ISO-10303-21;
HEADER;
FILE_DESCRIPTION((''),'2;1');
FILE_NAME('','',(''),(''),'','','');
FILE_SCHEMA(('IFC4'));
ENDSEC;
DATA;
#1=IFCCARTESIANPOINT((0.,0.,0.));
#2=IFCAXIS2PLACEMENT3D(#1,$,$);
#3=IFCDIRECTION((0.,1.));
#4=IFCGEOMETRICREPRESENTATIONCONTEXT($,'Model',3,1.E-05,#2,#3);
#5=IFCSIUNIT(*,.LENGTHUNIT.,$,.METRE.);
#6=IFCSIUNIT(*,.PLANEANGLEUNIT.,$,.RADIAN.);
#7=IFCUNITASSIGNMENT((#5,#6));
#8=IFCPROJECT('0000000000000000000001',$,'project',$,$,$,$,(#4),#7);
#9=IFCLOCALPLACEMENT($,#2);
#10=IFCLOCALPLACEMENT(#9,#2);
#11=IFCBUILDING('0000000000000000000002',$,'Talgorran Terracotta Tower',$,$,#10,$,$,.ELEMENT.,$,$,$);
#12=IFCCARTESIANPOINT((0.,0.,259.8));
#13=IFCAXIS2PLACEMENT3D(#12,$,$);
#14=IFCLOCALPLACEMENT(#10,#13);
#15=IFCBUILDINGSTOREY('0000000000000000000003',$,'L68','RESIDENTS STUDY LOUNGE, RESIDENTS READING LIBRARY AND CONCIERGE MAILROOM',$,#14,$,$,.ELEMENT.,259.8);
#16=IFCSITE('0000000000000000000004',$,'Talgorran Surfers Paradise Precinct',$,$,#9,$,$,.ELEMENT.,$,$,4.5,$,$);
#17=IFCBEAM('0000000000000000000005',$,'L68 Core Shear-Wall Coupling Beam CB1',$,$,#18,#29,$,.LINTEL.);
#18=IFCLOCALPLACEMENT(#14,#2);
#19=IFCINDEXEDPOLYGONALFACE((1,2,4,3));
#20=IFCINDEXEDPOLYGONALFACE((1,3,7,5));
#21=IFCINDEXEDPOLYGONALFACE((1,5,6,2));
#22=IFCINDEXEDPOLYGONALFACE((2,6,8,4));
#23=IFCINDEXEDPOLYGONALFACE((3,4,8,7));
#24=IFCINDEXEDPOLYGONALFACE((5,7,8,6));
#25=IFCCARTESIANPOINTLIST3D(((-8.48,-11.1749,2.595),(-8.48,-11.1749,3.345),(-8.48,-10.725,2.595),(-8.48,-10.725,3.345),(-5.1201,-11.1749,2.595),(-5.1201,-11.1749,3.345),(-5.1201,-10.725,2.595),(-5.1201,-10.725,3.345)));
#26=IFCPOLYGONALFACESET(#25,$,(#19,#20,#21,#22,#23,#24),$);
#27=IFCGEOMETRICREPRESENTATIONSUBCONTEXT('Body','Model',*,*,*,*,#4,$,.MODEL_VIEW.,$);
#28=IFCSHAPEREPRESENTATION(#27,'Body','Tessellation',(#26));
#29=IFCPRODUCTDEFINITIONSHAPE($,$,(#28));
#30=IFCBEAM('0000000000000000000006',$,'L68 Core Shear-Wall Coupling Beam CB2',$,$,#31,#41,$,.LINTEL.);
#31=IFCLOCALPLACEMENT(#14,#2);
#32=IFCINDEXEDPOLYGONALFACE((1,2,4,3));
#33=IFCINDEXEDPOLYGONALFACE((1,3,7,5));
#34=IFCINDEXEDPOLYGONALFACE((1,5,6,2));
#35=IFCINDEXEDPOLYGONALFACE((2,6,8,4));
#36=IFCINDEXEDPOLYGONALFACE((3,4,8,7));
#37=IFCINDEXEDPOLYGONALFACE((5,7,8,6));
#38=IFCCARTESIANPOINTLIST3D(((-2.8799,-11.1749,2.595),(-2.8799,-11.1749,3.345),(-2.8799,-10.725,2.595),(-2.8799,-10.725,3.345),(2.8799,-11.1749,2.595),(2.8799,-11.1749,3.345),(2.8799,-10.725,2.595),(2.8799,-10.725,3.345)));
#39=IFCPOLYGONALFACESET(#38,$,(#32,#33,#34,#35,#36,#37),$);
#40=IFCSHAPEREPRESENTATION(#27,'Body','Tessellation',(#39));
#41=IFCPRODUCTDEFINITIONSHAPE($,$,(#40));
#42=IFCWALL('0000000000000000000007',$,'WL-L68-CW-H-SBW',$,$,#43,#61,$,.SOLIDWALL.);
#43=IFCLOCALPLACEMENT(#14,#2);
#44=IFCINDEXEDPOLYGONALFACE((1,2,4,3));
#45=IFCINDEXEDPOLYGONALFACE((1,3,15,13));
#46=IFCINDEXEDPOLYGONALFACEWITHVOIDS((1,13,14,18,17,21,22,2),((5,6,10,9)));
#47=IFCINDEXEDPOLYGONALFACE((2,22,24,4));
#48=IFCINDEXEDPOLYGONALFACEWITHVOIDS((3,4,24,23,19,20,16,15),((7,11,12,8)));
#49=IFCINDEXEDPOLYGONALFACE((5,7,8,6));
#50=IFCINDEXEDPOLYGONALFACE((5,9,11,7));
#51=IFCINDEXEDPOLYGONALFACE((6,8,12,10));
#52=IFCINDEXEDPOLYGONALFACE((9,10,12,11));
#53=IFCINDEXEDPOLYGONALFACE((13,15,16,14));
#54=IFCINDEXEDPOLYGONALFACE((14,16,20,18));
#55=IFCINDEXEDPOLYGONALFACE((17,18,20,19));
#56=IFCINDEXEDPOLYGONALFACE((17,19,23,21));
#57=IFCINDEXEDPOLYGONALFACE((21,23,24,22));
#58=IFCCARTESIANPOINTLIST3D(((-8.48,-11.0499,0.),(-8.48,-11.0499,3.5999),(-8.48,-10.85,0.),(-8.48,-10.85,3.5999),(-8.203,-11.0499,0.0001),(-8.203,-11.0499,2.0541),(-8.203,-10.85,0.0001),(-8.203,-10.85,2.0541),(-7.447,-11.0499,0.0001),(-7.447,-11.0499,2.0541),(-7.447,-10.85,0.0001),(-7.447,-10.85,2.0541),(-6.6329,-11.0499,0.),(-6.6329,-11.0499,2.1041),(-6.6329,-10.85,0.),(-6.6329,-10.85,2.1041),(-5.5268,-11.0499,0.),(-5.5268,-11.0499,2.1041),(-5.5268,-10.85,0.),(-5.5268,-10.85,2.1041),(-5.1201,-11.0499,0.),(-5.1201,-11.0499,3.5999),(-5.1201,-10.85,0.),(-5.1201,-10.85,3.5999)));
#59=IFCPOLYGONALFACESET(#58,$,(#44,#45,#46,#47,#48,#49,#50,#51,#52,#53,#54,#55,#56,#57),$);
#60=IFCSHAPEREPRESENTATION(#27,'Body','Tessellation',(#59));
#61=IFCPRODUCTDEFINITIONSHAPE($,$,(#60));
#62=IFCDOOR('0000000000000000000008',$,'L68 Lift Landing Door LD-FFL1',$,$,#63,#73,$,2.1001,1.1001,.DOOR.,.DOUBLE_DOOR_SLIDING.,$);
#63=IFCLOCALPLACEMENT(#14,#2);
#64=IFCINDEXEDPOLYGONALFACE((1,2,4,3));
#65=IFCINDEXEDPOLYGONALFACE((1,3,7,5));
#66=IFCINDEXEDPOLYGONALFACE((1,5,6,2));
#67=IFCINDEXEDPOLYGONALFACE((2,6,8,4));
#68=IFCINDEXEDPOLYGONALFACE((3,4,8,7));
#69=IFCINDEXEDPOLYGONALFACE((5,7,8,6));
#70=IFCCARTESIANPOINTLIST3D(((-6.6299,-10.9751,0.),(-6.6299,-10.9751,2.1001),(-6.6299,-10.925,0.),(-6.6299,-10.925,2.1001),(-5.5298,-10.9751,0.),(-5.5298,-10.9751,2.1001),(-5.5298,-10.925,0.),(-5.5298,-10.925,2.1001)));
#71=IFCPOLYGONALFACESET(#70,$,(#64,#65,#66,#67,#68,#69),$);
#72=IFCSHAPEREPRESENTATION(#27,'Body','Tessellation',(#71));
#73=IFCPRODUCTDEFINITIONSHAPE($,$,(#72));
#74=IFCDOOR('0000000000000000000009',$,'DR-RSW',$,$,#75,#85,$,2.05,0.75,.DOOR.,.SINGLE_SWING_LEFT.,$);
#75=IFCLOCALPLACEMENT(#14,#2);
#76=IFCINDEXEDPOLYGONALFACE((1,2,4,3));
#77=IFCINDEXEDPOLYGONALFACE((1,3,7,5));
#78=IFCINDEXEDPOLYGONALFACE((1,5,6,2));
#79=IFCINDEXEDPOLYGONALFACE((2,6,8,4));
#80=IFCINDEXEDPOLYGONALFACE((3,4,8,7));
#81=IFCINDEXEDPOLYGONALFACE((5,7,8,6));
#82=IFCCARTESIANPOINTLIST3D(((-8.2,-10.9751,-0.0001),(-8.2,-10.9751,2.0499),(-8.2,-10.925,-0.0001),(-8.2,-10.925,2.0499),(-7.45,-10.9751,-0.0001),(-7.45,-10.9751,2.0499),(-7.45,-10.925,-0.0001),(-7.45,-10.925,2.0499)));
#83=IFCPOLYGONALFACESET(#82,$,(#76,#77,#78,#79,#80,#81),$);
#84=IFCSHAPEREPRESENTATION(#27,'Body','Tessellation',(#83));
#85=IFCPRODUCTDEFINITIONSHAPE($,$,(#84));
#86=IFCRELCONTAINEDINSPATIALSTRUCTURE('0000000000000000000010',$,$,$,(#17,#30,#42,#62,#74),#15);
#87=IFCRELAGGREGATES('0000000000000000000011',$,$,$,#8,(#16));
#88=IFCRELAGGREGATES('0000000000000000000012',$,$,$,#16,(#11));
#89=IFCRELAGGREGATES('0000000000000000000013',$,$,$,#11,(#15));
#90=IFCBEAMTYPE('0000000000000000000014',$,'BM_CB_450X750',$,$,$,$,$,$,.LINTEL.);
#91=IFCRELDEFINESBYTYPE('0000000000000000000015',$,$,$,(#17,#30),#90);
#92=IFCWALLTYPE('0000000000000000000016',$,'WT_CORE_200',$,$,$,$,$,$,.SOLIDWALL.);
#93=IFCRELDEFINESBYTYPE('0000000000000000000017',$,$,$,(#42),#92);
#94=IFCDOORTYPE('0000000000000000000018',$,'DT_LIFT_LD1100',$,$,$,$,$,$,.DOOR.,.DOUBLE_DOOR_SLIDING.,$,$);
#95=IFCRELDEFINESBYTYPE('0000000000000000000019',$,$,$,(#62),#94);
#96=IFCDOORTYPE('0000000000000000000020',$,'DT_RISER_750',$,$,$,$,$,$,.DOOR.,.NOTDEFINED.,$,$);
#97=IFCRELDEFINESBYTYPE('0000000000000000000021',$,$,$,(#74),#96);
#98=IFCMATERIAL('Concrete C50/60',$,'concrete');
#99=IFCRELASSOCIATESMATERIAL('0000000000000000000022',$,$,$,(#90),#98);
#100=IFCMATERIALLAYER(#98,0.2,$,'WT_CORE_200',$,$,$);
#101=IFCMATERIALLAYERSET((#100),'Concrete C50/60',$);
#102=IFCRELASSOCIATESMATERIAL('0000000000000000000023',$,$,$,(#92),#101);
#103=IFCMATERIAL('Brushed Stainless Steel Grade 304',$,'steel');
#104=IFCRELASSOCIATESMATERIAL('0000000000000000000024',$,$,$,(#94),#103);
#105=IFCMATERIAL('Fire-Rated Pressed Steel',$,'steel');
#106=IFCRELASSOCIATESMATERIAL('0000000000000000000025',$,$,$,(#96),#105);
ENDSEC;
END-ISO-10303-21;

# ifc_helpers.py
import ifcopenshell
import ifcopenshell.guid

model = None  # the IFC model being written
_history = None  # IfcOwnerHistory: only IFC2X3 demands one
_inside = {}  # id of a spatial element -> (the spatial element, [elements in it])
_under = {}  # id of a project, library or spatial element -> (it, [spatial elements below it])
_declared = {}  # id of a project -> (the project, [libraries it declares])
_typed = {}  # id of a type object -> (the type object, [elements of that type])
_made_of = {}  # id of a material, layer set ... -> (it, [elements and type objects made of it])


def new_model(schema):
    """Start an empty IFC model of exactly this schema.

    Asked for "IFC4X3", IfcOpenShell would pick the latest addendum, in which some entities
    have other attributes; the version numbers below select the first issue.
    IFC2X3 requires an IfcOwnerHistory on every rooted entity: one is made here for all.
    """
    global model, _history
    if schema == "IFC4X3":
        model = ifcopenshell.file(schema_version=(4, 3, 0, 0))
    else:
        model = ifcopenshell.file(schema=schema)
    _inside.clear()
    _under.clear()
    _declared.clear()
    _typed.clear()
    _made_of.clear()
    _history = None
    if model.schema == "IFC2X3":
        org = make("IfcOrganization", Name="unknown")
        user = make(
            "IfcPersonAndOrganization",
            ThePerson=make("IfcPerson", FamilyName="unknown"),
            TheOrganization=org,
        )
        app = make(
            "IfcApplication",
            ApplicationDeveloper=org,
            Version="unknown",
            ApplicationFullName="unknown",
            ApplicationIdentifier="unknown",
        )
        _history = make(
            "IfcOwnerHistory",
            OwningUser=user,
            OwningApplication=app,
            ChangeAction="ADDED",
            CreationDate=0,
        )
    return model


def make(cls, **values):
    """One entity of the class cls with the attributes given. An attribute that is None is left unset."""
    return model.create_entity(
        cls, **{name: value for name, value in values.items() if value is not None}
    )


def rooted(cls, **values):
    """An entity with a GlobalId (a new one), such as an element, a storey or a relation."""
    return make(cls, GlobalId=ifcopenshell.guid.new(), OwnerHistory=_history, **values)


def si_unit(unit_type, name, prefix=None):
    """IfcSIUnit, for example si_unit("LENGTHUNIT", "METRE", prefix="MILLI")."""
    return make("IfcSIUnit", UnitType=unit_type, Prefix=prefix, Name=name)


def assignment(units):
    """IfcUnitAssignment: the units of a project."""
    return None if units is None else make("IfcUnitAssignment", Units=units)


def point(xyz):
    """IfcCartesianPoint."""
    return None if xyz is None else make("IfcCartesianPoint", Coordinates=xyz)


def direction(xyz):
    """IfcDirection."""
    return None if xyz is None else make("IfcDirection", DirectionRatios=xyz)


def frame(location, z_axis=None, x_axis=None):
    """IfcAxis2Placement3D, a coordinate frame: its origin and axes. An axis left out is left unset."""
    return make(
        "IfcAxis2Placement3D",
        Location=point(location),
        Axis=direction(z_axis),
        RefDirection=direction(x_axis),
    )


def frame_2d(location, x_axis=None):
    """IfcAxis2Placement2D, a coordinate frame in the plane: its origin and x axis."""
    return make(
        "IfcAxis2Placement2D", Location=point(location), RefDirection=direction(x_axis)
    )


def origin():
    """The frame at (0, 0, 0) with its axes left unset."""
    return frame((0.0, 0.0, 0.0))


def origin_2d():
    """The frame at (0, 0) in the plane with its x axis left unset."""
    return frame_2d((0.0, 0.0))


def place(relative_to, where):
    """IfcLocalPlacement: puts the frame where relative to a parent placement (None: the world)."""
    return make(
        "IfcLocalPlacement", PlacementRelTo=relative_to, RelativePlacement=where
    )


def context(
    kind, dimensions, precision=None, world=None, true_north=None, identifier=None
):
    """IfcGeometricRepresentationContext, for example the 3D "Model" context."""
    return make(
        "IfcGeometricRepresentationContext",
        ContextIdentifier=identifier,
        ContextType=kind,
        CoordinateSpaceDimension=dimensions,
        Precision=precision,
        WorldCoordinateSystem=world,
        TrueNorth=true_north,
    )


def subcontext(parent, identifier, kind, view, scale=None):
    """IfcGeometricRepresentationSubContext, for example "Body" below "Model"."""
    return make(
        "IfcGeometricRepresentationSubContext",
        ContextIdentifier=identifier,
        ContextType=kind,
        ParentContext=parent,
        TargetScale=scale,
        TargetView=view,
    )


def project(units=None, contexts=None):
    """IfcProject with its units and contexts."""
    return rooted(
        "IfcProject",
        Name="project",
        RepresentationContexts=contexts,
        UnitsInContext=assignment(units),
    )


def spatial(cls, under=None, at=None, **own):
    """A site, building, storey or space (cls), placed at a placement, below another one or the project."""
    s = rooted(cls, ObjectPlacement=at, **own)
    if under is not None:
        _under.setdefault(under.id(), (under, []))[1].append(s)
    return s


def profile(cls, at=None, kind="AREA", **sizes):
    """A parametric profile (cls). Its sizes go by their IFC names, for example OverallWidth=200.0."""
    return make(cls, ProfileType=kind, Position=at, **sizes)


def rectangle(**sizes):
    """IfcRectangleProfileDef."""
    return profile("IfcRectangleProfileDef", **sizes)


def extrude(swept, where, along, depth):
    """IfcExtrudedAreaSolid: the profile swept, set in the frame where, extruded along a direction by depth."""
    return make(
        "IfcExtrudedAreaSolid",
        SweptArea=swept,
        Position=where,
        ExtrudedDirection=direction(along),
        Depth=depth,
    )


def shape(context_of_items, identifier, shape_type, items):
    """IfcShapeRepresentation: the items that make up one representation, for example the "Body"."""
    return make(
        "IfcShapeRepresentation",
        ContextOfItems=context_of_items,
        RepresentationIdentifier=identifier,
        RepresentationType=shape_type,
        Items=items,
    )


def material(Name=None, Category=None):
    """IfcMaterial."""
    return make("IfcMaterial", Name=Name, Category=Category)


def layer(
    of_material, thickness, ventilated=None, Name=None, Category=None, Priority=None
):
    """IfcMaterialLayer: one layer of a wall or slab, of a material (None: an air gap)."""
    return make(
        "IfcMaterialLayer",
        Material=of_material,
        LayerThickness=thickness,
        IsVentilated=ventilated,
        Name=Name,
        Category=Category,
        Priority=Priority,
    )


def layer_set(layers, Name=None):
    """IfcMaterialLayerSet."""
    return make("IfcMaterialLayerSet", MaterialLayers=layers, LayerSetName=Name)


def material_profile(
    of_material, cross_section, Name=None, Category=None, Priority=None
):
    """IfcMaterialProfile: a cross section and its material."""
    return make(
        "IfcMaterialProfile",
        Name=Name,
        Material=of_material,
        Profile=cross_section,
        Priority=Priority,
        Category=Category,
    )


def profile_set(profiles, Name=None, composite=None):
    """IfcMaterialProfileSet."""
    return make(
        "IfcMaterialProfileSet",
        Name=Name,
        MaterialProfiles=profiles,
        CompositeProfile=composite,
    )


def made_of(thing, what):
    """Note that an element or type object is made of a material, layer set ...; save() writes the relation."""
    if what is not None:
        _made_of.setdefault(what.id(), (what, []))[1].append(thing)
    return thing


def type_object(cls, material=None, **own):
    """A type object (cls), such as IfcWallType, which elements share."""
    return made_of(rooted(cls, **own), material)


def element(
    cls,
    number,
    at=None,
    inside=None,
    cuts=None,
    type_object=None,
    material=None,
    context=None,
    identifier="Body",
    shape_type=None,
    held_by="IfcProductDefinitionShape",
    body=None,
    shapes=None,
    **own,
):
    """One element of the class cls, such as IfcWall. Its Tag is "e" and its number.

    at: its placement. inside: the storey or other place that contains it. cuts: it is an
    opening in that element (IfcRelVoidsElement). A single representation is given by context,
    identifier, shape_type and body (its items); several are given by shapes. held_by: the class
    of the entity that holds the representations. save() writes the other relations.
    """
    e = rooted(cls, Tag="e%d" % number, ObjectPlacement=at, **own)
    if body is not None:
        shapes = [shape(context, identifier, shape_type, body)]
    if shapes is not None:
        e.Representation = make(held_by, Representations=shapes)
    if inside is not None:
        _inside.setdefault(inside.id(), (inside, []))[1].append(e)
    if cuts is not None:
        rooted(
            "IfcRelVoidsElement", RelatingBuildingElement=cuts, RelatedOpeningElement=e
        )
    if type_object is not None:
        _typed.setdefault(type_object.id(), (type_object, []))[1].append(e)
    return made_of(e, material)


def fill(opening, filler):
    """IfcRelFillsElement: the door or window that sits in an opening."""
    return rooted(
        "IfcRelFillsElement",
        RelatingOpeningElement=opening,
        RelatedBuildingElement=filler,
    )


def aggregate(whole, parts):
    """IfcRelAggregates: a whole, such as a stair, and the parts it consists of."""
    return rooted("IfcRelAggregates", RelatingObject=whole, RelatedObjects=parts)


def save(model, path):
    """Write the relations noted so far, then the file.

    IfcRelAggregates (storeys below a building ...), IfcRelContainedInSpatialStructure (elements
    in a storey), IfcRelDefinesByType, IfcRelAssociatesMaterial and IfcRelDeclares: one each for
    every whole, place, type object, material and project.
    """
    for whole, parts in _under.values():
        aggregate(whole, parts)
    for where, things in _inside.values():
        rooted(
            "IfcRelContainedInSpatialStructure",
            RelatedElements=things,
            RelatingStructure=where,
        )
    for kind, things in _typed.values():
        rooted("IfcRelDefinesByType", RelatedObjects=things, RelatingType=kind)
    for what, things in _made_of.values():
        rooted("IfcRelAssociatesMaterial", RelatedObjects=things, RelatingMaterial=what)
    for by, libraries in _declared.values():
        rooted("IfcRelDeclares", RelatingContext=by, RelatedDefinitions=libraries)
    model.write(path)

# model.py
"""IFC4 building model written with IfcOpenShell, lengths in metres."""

from ifc_helpers import new_model, si_unit, direction, frame, frame_2d, origin, origin_2d, place, context, subcontext, project, spatial, rectangle, extrude, material, layer, layer_set, material_profile, profile_set, type_object, element, fill, save


model = new_model("IFC4")

# Units and contexts
model_context = context("Model", 3, precision=1e-05, world=origin(), true_north=direction((0.0, 1.0)))
body_context = subcontext(model_context, "Body", "Model", "MODEL_VIEW")
ifc_project = project(units=[si_unit("LENGTHUNIT", "METRE"), si_unit("PLANEANGLEUNIT", "RADIAN")], contexts=[model_context])

# Site, building, storey
site_placement = place(None, origin())
site = spatial("IfcSite", under=ifc_project, at=site_placement, Name="Talgorran Surfers Paradise Precinct", CompositionType="ELEMENT", RefElevation=4.5)
building_placement = place(site_placement, origin())
building = spatial("IfcBuilding", under=site, at=building_placement, Name="Talgorran Terracotta Tower", CompositionType="ELEMENT")
storey_placement = place(building_placement, frame((0.0, 0.0, 259.8)))
storey = spatial("IfcBuildingStorey", under=building, at=storey_placement, Name="L68", Description="RESIDENTS STUDY LOUNGE, RESIDENTS READING LIBRARY AND CONCIERGE MAILROOM", CompositionType="ELEMENT", Elevation=259.8)

# Beams
ifc_material_1 = material(Name="Concrete C50/60", Category="concrete")
ifc_material_profile = material_profile(ifc_material_1, rectangle(XDim=0.45, YDim=0.75, at=origin_2d()), Name="RCCB450X750")
ifc_profile_set = profile_set([ifc_material_profile], Name="Concrete C50/60")
beam_type = type_object("IfcBeamType", Name="BM_CB_450X750", PredefinedType="LINTEL", material=ifc_profile_set)
beam_1_placement = place(storey_placement, frame((-8.48, -10.95, 2.97), z_axis=(1.0, 0.0, 0.0), x_axis=(0.0, 1.0, 0.0)))
element("IfcBeam", 1, at=beam_1_placement, inside=storey, type_object=beam_type, Name="L68 Core Shear-Wall Coupling Beam CB1", PredefinedType="LINTEL", context=body_context, shape_type="SweptSolid", body=[
    extrude(rectangle(XDim=0.45, YDim=0.75, at=origin_2d()), origin(), (0.0, 0.0, 1.0), 3.3599),
])
beam_2_placement = place(storey_placement, frame((-2.8799, -10.95, 2.97), z_axis=(1.0, 0.0, 0.0), x_axis=(0.0, 1.0, 0.0)))
element("IfcBeam", 2, at=beam_2_placement, inside=storey, type_object=beam_type, Name="L68 Core Shear-Wall Coupling Beam CB2", PredefinedType="LINTEL", context=body_context, shape_type="SweptSolid", body=[
    extrude(rectangle(XDim=0.45, YDim=0.75, at=origin_2d()), origin(), (0.0, 0.0, 1.0), 5.7598),
])

# Wall, openings, doors
ifc_layer_1 = layer(ifc_material_1, 0.2, Name="WT_CORE_200")
ifc_layer_set_1 = layer_set([ifc_layer_1], Name="Concrete C50/60")
wall_type_1 = type_object("IfcWallType", Name="WT_CORE_200", PredefinedType="SOLIDWALL", material=ifc_layer_set_1)
wall_1_placement = place(storey_placement, frame((-8.48, -10.95, 0.0), z_axis=(0.0, 0.0, 1.0), x_axis=(1.0, 0.0, 0.0)))
wall_1 = element("IfcWall", 3, at=wall_1_placement, inside=storey, type_object=wall_type_1, Name="WL-L68-CW-H-SBW", PredefinedType="SOLIDWALL", context=body_context, shape_type="SweptSolid", body=[
    extrude(rectangle(XDim=3.3599, YDim=0.2, at=frame_2d((1.6799, 0.0))), origin(), (0.0, 0.0, 1.0), 3.5999),
])
opening_1_placement = place(wall_1_placement, frame((0.28, 0.0, 0.0)))
opening_1 = element("IfcOpeningElement", 4, at=opening_1_placement, cuts=wall_1, PredefinedType="OPENING", context=body_context, shape_type="SweptSolid", body=[
    extrude(rectangle(XDim=0.756, YDim=2.054, at=frame_2d((0.375, 1.0271))), frame((0.0, 0.1099, 0.0), z_axis=(0.0, -1.0, 0.0), x_axis=(1.0, 0.0, 0.0)), (0.0, 0.0, 1.0), 0.22),
])
opening_2_placement = place(wall_1_placement, frame((1.8501, 0.0, 0.0)))
opening_2 = element("IfcOpeningElement", 5, at=opening_2_placement, cuts=wall_1, PredefinedType="OPENING", context=body_context, shape_type="SweptSolid", body=[
    extrude(rectangle(XDim=1.1061, YDim=2.1041, at=frame_2d((0.55, 1.052))), frame((0.0, 0.1099, 0.0), z_axis=(0.0, -1.0, 0.0), x_axis=(1.0, 0.0, 0.0)), (0.0, 0.0, 1.0), 0.22),
])
ifc_material_2 = material(Name="Brushed Stainless Steel Grade 304", Category="steel")
door_type_1 = type_object("IfcDoorType", Name="DT_LIFT_LD1100", OperationType="DOUBLE_DOOR_SLIDING", PredefinedType="DOOR", material=ifc_material_2)
door_1_placement = place(opening_2_placement, origin())
door_1 = element("IfcDoor", 6, at=door_1_placement, inside=storey, type_object=door_type_1, Name="L68 Lift Landing Door LD-FFL1", OperationType="DOUBLE_DOOR_SLIDING", OverallHeight=2.1001, OverallWidth=1.1001, PredefinedType="DOOR", context=body_context, shape_type="SweptSolid", body=[
    extrude(rectangle(XDim=1.1001, YDim=2.1001, at=frame_2d((0.55, 1.05))), frame((0.0, 0.0249, 0.0), z_axis=(0.0, -1.0, 0.0), x_axis=(1.0, 0.0, 0.0)), (0.0, 0.0, 1.0), 0.05),
])
fill(opening_2, door_1)
ifc_material_3 = material(Name="Fire-Rated Pressed Steel", Category="steel")
door_type_2 = type_object("IfcDoorType", Name="DT_RISER_750", OperationType="NOTDEFINED", PredefinedType="DOOR", material=ifc_material_3)
door_2_placement = place(opening_1_placement, origin())
door_2 = element("IfcDoor", 7, at=door_2_placement, inside=storey, type_object=door_type_2, Name="DR-RSW", OperationType="SINGLE_SWING_LEFT", OverallHeight=2.05, OverallWidth=0.75, PredefinedType="DOOR", context=body_context, shape_type="SweptSolid", body=[
    extrude(rectangle(XDim=0.75, YDim=2.05, at=frame_2d((0.375, 1.0249))), frame((0.0, 0.0249, 0.0), z_axis=(0.0, -1.0, 0.0), x_axis=(1.0, 0.0, 0.0)), (0.0, 0.0, 1.0), 0.05),
])
fill(opening_1, door_2)

save(model, "model.ifc")
